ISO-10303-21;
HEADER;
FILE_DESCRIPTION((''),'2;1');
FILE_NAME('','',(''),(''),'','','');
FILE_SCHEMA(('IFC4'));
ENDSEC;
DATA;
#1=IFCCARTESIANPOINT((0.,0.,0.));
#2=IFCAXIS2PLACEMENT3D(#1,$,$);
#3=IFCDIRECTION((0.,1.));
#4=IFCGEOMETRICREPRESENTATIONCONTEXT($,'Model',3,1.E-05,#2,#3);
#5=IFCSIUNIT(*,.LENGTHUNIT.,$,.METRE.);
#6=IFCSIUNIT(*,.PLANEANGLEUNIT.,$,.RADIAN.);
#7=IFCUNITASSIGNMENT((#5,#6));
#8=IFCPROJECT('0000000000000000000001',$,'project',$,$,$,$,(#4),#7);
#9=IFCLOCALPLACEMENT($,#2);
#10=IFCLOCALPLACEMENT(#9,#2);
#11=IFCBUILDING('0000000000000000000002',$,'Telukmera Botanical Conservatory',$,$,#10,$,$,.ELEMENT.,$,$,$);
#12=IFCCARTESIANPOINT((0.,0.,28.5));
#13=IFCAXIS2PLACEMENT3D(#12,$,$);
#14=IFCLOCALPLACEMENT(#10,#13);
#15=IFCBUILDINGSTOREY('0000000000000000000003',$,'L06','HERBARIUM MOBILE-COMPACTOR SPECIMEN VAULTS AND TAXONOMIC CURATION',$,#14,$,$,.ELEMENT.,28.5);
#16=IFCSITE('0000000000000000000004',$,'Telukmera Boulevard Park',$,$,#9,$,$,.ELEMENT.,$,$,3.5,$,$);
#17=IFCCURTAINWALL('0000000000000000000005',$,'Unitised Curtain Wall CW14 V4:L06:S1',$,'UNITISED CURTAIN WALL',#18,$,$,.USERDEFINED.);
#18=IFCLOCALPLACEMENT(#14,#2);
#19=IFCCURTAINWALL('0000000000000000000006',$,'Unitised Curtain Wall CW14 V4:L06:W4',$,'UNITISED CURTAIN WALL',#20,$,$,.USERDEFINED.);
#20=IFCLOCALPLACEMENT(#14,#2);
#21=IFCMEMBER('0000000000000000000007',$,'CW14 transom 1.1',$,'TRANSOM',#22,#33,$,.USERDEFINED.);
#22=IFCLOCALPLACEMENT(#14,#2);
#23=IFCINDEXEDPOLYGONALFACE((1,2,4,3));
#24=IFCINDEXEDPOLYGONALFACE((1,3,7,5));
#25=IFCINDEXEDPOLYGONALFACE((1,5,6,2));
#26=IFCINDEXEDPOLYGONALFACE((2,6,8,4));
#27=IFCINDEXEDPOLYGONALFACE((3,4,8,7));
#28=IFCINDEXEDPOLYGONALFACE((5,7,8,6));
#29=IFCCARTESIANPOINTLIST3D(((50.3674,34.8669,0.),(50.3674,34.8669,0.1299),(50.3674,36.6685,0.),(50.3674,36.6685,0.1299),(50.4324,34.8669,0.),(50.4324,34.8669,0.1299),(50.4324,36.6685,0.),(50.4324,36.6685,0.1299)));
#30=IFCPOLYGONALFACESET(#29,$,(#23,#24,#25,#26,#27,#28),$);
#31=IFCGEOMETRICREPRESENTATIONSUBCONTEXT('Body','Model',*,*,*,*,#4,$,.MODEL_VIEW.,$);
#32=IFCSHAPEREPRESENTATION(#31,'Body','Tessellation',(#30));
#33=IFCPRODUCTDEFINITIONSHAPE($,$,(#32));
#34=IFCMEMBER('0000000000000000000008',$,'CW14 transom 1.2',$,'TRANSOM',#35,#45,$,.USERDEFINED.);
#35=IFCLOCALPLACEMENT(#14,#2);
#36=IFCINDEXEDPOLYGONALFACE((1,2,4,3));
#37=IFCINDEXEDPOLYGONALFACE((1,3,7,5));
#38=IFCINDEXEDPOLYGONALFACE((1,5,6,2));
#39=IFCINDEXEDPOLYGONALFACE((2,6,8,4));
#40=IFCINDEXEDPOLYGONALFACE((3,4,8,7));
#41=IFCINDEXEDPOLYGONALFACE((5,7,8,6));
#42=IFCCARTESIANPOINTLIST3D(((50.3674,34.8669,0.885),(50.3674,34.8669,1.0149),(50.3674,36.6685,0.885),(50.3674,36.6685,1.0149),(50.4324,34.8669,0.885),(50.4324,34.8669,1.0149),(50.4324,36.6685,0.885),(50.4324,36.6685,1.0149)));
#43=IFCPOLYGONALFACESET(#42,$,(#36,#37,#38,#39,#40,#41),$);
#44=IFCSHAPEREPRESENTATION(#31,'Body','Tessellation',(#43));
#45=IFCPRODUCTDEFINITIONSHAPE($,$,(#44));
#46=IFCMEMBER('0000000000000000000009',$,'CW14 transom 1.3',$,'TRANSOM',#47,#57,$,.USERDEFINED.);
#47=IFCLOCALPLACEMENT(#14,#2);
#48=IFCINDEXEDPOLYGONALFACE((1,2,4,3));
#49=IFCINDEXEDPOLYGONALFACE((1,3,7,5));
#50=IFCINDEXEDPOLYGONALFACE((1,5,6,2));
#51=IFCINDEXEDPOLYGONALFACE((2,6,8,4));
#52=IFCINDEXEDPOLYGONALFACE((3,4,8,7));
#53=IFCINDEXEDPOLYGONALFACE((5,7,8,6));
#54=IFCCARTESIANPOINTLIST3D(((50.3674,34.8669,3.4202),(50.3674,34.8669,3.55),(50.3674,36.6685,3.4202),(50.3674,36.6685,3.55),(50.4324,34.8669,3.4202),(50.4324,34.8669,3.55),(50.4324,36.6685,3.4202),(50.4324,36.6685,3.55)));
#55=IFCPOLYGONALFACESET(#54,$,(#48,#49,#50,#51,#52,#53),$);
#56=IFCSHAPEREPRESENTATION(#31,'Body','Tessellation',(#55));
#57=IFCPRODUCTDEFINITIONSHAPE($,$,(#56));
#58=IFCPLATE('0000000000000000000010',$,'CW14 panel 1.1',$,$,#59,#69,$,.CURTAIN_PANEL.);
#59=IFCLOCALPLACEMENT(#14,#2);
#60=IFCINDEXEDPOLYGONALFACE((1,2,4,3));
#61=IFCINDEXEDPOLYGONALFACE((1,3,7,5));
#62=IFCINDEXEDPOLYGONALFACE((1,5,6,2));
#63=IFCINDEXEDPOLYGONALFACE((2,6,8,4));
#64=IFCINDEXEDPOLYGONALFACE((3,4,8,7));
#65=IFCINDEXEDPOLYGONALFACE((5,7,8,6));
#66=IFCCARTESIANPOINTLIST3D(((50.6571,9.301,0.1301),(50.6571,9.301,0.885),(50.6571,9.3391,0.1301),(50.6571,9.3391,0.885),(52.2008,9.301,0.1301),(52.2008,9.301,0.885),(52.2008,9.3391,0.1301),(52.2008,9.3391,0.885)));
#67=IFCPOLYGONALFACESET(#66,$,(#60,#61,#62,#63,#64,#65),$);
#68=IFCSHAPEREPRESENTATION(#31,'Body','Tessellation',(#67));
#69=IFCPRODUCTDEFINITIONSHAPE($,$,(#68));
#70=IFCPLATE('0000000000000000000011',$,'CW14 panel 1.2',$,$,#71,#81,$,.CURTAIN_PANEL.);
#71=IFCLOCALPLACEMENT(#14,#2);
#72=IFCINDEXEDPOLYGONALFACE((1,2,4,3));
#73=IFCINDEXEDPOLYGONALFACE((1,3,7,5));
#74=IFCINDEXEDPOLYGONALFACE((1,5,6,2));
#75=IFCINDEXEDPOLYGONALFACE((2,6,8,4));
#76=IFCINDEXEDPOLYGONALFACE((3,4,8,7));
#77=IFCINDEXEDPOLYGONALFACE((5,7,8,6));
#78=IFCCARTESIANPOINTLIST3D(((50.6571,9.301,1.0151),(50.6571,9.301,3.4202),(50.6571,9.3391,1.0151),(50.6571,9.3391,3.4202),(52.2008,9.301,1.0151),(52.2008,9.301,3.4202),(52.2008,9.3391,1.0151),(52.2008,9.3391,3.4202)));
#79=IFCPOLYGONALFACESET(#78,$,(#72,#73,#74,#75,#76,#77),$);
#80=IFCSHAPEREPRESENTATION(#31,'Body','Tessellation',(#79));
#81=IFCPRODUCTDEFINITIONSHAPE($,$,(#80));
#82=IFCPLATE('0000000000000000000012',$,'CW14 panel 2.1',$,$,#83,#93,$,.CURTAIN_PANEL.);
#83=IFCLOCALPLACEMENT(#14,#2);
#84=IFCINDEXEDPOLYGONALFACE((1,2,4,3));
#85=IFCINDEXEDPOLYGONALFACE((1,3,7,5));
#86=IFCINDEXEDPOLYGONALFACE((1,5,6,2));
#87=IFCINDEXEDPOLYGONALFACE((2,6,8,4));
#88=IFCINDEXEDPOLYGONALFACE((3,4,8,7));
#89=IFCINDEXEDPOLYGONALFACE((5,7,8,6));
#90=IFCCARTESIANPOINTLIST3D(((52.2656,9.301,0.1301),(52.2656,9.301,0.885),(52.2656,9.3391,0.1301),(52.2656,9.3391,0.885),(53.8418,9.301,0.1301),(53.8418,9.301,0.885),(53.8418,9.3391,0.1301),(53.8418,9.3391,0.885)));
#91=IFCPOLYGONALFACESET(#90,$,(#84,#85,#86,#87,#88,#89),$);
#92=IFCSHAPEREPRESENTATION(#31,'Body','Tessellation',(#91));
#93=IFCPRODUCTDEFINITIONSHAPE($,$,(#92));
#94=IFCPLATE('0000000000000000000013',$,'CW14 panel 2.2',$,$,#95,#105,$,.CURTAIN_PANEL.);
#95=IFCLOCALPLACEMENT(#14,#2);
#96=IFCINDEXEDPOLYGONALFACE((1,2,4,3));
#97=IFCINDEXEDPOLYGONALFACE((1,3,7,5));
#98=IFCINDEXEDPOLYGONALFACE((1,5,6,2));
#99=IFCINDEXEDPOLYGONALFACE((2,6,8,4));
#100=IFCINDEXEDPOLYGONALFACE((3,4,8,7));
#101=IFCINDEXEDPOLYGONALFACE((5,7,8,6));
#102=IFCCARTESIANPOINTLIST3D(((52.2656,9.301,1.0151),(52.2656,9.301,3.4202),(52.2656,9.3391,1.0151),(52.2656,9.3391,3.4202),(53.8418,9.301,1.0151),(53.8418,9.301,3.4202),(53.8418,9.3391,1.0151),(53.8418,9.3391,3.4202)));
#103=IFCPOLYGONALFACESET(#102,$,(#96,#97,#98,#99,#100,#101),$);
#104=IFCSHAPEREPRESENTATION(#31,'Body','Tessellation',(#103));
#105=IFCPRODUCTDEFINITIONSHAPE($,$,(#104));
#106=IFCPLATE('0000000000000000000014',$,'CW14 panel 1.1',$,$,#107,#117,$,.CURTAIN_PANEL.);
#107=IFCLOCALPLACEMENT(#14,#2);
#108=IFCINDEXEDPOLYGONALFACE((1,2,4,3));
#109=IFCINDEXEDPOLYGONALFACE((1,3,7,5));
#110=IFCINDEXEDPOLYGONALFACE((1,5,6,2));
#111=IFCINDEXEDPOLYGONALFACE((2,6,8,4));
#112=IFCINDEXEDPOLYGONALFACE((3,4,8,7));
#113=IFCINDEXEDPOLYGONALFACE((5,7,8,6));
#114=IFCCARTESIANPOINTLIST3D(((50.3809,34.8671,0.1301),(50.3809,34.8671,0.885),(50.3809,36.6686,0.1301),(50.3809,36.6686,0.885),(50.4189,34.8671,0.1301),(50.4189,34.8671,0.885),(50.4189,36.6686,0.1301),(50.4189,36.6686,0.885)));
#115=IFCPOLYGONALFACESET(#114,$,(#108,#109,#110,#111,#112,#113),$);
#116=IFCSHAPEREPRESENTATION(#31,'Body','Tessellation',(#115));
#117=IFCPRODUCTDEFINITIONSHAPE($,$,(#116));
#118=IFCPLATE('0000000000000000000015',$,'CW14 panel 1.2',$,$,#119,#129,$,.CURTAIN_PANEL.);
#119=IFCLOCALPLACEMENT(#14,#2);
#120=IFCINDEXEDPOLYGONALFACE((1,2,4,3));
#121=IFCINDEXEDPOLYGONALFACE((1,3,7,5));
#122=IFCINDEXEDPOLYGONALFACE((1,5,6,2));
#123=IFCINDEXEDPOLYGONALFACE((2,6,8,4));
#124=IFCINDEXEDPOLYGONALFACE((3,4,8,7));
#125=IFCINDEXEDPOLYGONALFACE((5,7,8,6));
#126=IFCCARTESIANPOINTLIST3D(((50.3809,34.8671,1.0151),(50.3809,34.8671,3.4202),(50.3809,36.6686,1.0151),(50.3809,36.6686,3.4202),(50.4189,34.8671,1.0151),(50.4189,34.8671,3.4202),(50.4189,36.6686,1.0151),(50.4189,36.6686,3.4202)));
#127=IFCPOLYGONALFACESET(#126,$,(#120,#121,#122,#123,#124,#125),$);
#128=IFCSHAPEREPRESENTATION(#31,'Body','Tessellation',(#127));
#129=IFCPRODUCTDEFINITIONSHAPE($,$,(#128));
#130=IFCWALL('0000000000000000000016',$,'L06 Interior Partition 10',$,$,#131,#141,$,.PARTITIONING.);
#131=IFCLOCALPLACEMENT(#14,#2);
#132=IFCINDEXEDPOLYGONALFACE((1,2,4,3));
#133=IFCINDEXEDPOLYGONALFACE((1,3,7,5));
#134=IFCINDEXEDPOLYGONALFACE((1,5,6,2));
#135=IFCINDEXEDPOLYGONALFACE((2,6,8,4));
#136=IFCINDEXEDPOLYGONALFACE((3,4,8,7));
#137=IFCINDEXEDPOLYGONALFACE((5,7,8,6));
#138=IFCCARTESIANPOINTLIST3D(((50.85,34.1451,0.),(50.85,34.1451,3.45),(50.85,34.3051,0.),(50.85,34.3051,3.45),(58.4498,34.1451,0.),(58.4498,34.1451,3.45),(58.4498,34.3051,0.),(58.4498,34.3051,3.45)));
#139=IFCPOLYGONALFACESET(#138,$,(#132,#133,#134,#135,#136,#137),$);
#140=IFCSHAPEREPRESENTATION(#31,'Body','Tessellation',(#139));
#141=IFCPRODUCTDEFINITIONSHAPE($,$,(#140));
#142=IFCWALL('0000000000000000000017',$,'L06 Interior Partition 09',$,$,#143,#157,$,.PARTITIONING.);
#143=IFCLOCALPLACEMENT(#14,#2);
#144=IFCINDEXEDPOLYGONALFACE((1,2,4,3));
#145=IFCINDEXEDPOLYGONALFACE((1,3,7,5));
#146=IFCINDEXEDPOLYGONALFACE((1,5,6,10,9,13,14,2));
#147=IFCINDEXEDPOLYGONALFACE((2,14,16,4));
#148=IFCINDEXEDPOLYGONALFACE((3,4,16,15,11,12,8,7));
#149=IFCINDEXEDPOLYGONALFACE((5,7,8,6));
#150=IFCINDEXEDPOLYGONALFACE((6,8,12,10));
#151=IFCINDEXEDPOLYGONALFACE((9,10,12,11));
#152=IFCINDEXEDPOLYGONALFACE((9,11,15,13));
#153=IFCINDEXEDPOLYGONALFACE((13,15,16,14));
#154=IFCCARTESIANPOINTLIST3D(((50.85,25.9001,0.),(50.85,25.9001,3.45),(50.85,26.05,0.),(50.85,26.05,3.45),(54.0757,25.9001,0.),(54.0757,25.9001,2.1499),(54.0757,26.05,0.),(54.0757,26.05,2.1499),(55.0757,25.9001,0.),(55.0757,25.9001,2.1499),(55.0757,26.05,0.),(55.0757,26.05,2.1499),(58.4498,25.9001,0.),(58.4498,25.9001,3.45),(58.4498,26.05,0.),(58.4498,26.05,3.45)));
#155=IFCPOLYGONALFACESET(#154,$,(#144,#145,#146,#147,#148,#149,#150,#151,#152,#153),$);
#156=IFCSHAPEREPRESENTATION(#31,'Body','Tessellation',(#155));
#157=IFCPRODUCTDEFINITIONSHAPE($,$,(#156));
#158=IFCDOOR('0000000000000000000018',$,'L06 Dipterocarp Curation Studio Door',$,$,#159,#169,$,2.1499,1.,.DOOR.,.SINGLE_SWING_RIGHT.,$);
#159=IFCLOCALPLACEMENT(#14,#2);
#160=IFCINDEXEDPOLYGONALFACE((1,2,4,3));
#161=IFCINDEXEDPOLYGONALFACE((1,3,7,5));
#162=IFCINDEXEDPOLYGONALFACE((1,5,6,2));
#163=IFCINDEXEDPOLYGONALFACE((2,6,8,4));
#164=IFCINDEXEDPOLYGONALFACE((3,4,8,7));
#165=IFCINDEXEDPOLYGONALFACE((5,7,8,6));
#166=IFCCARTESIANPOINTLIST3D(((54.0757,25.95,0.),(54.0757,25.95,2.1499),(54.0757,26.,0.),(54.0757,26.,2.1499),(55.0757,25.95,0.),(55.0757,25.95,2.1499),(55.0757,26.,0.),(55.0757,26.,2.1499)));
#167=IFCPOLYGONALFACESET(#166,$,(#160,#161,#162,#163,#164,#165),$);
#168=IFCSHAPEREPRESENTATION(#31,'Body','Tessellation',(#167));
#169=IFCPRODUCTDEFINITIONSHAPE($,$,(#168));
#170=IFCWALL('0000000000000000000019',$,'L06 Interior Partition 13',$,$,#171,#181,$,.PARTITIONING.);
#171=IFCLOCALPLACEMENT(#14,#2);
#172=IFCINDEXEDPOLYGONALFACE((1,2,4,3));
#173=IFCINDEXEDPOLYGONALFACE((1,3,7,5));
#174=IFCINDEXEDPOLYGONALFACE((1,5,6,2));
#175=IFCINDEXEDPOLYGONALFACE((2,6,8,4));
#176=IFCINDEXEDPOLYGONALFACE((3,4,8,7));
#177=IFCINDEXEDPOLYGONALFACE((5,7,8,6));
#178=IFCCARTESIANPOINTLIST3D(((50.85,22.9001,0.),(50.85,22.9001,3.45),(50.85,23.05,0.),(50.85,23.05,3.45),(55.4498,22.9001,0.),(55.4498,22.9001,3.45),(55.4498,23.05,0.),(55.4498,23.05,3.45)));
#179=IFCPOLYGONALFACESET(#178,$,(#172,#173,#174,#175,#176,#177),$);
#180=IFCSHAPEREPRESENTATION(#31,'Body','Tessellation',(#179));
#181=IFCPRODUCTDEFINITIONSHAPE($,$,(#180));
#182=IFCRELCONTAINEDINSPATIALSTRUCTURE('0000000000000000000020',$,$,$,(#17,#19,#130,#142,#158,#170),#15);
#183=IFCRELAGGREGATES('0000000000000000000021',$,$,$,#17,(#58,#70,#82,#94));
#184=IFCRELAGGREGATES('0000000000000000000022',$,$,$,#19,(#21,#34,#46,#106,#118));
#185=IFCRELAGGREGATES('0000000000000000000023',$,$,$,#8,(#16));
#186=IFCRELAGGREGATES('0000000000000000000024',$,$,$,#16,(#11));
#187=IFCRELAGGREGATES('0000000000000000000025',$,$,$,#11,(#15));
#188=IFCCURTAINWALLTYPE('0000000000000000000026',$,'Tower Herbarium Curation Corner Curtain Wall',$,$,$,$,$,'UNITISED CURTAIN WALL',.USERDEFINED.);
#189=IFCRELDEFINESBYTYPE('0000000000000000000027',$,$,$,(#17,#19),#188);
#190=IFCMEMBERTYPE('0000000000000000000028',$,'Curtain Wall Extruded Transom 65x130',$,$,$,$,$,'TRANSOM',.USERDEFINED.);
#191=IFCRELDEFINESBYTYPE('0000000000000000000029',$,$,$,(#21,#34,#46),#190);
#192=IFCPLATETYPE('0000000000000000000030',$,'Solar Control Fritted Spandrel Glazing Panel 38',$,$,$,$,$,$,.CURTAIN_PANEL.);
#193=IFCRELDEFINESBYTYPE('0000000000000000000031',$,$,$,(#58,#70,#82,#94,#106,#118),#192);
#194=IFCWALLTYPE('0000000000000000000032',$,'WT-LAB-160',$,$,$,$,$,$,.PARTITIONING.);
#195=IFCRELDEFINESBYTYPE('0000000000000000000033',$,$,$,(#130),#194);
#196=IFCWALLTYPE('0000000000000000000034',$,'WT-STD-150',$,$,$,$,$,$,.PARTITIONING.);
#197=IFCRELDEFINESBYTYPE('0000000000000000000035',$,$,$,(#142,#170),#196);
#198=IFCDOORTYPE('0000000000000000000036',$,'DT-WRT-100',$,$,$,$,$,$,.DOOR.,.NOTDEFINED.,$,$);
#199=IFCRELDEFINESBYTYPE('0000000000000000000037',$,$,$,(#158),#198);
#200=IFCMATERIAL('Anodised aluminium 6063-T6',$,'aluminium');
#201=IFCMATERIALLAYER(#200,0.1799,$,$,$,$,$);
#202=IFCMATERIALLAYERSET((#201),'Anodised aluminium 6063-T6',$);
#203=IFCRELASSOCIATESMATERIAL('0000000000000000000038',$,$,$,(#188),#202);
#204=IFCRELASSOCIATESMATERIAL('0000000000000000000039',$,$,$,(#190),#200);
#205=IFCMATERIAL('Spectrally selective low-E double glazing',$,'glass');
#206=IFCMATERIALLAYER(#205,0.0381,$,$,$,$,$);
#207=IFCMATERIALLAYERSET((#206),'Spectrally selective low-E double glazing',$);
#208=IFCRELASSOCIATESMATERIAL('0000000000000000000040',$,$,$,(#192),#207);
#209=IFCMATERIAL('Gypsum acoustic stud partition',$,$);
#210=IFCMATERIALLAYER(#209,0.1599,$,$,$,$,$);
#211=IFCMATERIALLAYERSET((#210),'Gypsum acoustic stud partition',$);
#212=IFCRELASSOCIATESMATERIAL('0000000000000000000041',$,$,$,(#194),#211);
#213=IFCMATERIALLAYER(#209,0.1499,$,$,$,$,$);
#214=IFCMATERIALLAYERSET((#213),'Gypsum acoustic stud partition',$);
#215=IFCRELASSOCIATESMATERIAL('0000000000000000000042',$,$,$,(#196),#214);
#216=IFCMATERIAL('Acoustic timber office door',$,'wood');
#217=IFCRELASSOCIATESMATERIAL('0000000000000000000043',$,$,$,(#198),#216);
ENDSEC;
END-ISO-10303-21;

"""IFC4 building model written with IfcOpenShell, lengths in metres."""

from ifc_helpers import new_model, si_unit, direction, frame, frame_2d, origin, origin_2d, place, context, subcontext, project, spatial, rectangle, extrude, material, layer, layer_set, material_profile, profile_set, type_object, element, fill, aggregate, save


model = new_model("IFC4")

# Units and contexts
model_context = context("Model", 3, precision=1e-05, world=origin(), true_north=direction((0.0, 1.0)))
body_context = subcontext(model_context, "Body", "Model", "MODEL_VIEW")
ifc_project = project(units=[si_unit("LENGTHUNIT", "METRE"), si_unit("PLANEANGLEUNIT", "RADIAN")], contexts=[model_context])

# Site, building, storey
site_placement = place(None, origin())
site = spatial("IfcSite", under=ifc_project, at=site_placement, Name="Telukmera Boulevard Park", CompositionType="ELEMENT", RefElevation=3.5)
building_placement = place(site_placement, origin())
building = spatial("IfcBuilding", under=site, at=building_placement, Name="Telukmera Botanical Conservatory", CompositionType="ELEMENT")
storey_placement = place(building_placement, frame((0.0, 0.0, 28.5)))
storey = spatial("IfcBuildingStorey", under=building, at=storey_placement, Name="L06", Description="HERBARIUM MOBILE-COMPACTOR SPECIMEN VAULTS AND TAXONOMIC CURATION", CompositionType="ELEMENT", Elevation=28.5)

# Curtain wall
ifc_material_1 = material(Name="Anodised aluminium 6063-T6", Category="aluminium")
ifc_layer_1 = layer(ifc_material_1, 0.1799)
ifc_layer_set_1 = layer_set([ifc_layer_1], Name="Anodised aluminium 6063-T6")
curtain_wall_type = type_object("IfcCurtainWallType", Name="Tower Herbarium Curation Corner Curtain Wall", ElementType="UNITISED CURTAIN WALL", PredefinedType="USERDEFINED", material=ifc_layer_set_1)
curtain_wall_1_placement = place(storey_placement, origin())
curtain_wall_1 = element("IfcCurtainWall", 1, at=curtain_wall_1_placement, inside=storey, type_object=curtain_wall_type, Name="Unitised Curtain Wall CW14 V4:L06:S1", ObjectType="UNITISED CURTAIN WALL", PredefinedType="USERDEFINED")

# Curtain wall
curtain_wall_2_placement = place(storey_placement, origin())
curtain_wall_2 = element("IfcCurtainWall", 2, at=curtain_wall_2_placement, inside=storey, type_object=curtain_wall_type, Name="Unitised Curtain Wall CW14 V4:L06:W4", ObjectType="UNITISED CURTAIN WALL", PredefinedType="USERDEFINED")

# Members
ifc_material_profile_1 = material_profile(ifc_material_1, rectangle(XDim=0.0649, YDim=0.1299, at=origin_2d()), Name="ALU TRAN 65x130")
ifc_profile_set_1 = profile_set([ifc_material_profile_1], Name="Anodised aluminium 6063-T6")
member_type_1 = type_object("IfcMemberType", Name="Curtain Wall Extruded Transom 65x130", ElementType="TRANSOM", PredefinedType="USERDEFINED", material=ifc_profile_set_1)
member_1_placement = place(storey_placement, frame((50.3999, 34.8669, 0.0649), z_axis=(0.0, 1.0, 0.0), x_axis=(-1.0, 0.0, 0.0)))
member_1 = element("IfcMember", 3, at=member_1_placement, type_object=member_type_1, Name="CW14 transom 1.1", ObjectType="TRANSOM", PredefinedType="USERDEFINED", context=body_context, shape_type="SweptSolid", body=[
    extrude(rectangle(XDim=0.0649, YDim=0.1299, at=origin_2d()), origin(), (0.0, 0.0, 1.0), 1.8015),
])
member_2_placement = place(storey_placement, frame((50.3999, 34.8669, 0.95), z_axis=(0.0, 1.0, 0.0), x_axis=(-1.0, 0.0, 0.0)))
member_2 = element("IfcMember", 4, at=member_2_placement, type_object=member_type_1, Name="CW14 transom 1.2", ObjectType="TRANSOM", PredefinedType="USERDEFINED", context=body_context, shape_type="SweptSolid", body=[
    extrude(rectangle(XDim=0.0649, YDim=0.1299, at=origin_2d()), origin(), (0.0, 0.0, 1.0), 1.8015),
])
member_3_placement = place(storey_placement, frame((50.3999, 34.8669, 3.4851), z_axis=(0.0, 1.0, 0.0), x_axis=(-1.0, 0.0, 0.0)))
member_3 = element("IfcMember", 5, at=member_3_placement, type_object=member_type_1, Name="CW14 transom 1.3", ObjectType="TRANSOM", PredefinedType="USERDEFINED", context=body_context, shape_type="SweptSolid", body=[
    extrude(rectangle(XDim=0.0649, YDim=0.1299, at=origin_2d()), origin(), (0.0, 0.0, 1.0), 1.8015),
])

# Plates
ifc_material_2 = material(Name="Spectrally selective low-E double glazing", Category="glass")
ifc_layer_2 = layer(ifc_material_2, 0.0381)
ifc_layer_set_2 = layer_set([ifc_layer_2], Name="Spectrally selective low-E double glazing")
plate_type = type_object("IfcPlateType", Name="Solar Control Fritted Spandrel Glazing Panel 38", PredefinedType="CURTAIN_PANEL", material=ifc_layer_set_2)
plate_1_placement = place(storey_placement, frame((51.429, 9.3201, 0.1301), z_axis=(0.0, 0.0, 1.0), x_axis=(1.0, 0.0, 0.0)))
plate_1 = element("IfcPlate", 6, at=plate_1_placement, type_object=plate_type, Name="CW14 panel 1.1", PredefinedType="CURTAIN_PANEL", context=body_context, shape_type="SweptSolid", body=[
    extrude(rectangle(XDim=1.5437, YDim=0.0381, at=origin_2d()), origin(), (0.0, 0.0, 1.0), 0.7549),
])
plate_2_placement = place(storey_placement, frame((51.429, 9.3201, 1.0151), z_axis=(0.0, 0.0, 1.0), x_axis=(1.0, 0.0, 0.0)))
plate_2 = element("IfcPlate", 7, at=plate_2_placement, type_object=plate_type, Name="CW14 panel 1.2", PredefinedType="CURTAIN_PANEL", context=body_context, shape_type="SweptSolid", body=[
    extrude(rectangle(XDim=1.5437, YDim=0.0381, at=origin_2d()), origin(), (0.0, 0.0, 1.0), 2.405),
])
plate_3_placement = place(storey_placement, frame((53.0537, 9.3201, 0.1301), z_axis=(0.0, 0.0, 1.0), x_axis=(1.0, 0.0, 0.0)))
plate_3 = element("IfcPlate", 8, at=plate_3_placement, type_object=plate_type, Name="CW14 panel 2.1", PredefinedType="CURTAIN_PANEL", context=body_context, shape_type="SweptSolid", body=[
    extrude(rectangle(XDim=1.5762, YDim=0.0381, at=origin_2d()), origin(), (0.0, 0.0, 1.0), 0.7549),
])
plate_4_placement = place(storey_placement, frame((53.0537, 9.3201, 1.0151), z_axis=(0.0, 0.0, 1.0), x_axis=(1.0, 0.0, 0.0)))
plate_4 = element("IfcPlate", 9, at=plate_4_placement, type_object=plate_type, Name="CW14 panel 2.2", PredefinedType="CURTAIN_PANEL", context=body_context, shape_type="SweptSolid", body=[
    extrude(rectangle(XDim=1.5762, YDim=0.0381, at=origin_2d()), origin(), (0.0, 0.0, 1.0), 2.405),
])
aggregate(curtain_wall_1, [plate_1, plate_2, plate_3, plate_4])
plate_5_placement = place(storey_placement, frame((50.3999, 35.7678, 0.1301), z_axis=(0.0, 0.0, 1.0), x_axis=(0.0, 1.0, 0.0)))
plate_5 = element("IfcPlate", 10, at=plate_5_placement, type_object=plate_type, Name="CW14 panel 1.1", PredefinedType="CURTAIN_PANEL", context=body_context, shape_type="SweptSolid", body=[
    extrude(rectangle(XDim=1.8015, YDim=0.0381, at=origin_2d()), origin(), (0.0, 0.0, 1.0), 0.7549),
])
plate_6_placement = place(storey_placement, frame((50.3999, 35.7678, 1.0151), z_axis=(0.0, 0.0, 1.0), x_axis=(0.0, 1.0, 0.0)))
plate_6 = element("IfcPlate", 11, at=plate_6_placement, type_object=plate_type, Name="CW14 panel 1.2", PredefinedType="CURTAIN_PANEL", context=body_context, shape_type="SweptSolid", body=[
    extrude(rectangle(XDim=1.8015, YDim=0.0381, at=origin_2d()), origin(), (0.0, 0.0, 1.0), 2.405),
])
aggregate(curtain_wall_2, [member_1, member_2, member_3, plate_5, plate_6])

# Wall
ifc_material_3 = material(Name="Gypsum acoustic stud partition")
ifc_layer_3 = layer(ifc_material_3, 0.1599)
ifc_layer_set_3 = layer_set([ifc_layer_3], Name="Gypsum acoustic stud partition")
wall_type_1 = type_object("IfcWallType", Name="WT-LAB-160", PredefinedType="PARTITIONING", material=ifc_layer_set_3)
wall_1_placement = place(storey_placement, frame((50.8501, 34.2251, 0.0), z_axis=(0.0, 0.0, 1.0), x_axis=(1.0, 0.0, 0.0)))
element("IfcWall", 12, at=wall_1_placement, inside=storey, type_object=wall_type_1, Name="L06 Interior Partition 10", PredefinedType="PARTITIONING", context=body_context, shape_type="SweptSolid", body=[
    extrude(rectangle(XDim=7.5999, YDim=0.1599, at=frame_2d((3.7998, 0.0))), origin(), (0.0, 0.0, 1.0), 3.45),
])

# Wall, opening, door
ifc_layer_4 = layer(ifc_material_3, 0.1499)
ifc_layer_set_4 = layer_set([ifc_layer_4], Name="Gypsum acoustic stud partition")
wall_type_2 = type_object("IfcWallType", Name="WT-STD-150", PredefinedType="PARTITIONING", material=ifc_layer_set_4)
wall_2_placement = place(storey_placement, frame((50.8501, 25.9751, 0.0), z_axis=(0.0, 0.0, 1.0), x_axis=(1.0, 0.0, 0.0)))
wall_2 = element("IfcWall", 13, at=wall_2_placement, inside=storey, type_object=wall_type_2, Name="L06 Interior Partition 09", PredefinedType="PARTITIONING", context=body_context, shape_type="SweptSolid", body=[
    extrude(rectangle(XDim=7.5999, YDim=0.1499, at=frame_2d((3.7998, 0.0))), origin(), (0.0, 0.0, 1.0), 3.45),
])
opening_placement = place(wall_2_placement, frame((3.2256, 0.0, 0.0)))
opening = element("IfcOpeningElement", 14, at=opening_placement, cuts=wall_2, PredefinedType="OPENING", context=body_context, shape_type="SweptSolid", body=[
    extrude(rectangle(XDim=1.0, YDim=2.1499, at=frame_2d((0.5, 1.075))), frame((0.0, 0.085, 0.0), z_axis=(0.0, -1.0, 0.0), x_axis=(1.0, 0.0, 0.0)), (0.0, 0.0, 1.0), 0.1699),
])
ifc_material_4 = material(Name="Acoustic timber office door", Category="wood")
door_type = type_object("IfcDoorType", Name="DT-WRT-100", OperationType="NOTDEFINED", PredefinedType="DOOR", material=ifc_material_4)
door_placement = place(opening_placement, origin())
door = element("IfcDoor", 15, at=door_placement, inside=storey, type_object=door_type, Name="L06 Dipterocarp Curation Studio Door", OperationType="SINGLE_SWING_RIGHT", OverallHeight=2.1499, OverallWidth=1.0, PredefinedType="DOOR", context=body_context, shape_type="SweptSolid", body=[
    extrude(rectangle(XDim=1.0, YDim=2.1499, at=frame_2d((0.5, 1.075))), frame((0.0, 0.0249, 0.0), z_axis=(0.0, -1.0, 0.0), x_axis=(1.0, 0.0, 0.0)), (0.0, 0.0, 1.0), 0.05),
])
fill(opening, door)

# Wall
wall_3_placement = place(storey_placement, frame((50.8501, 22.9751, 0.0), z_axis=(0.0, 0.0, 1.0), x_axis=(1.0, 0.0, 0.0)))
element("IfcWall", 16, at=wall_3_placement, inside=storey, type_object=wall_type_2, Name="L06 Interior Partition 13", PredefinedType="PARTITIONING", context=body_context, shape_type="SweptSolid", body=[
    extrude(rectangle(XDim=4.5999, YDim=0.1499, at=frame_2d((2.2998, 0.0))), origin(), (0.0, 0.0, 1.0), 3.45),
])

save(model, "model.ifc")
